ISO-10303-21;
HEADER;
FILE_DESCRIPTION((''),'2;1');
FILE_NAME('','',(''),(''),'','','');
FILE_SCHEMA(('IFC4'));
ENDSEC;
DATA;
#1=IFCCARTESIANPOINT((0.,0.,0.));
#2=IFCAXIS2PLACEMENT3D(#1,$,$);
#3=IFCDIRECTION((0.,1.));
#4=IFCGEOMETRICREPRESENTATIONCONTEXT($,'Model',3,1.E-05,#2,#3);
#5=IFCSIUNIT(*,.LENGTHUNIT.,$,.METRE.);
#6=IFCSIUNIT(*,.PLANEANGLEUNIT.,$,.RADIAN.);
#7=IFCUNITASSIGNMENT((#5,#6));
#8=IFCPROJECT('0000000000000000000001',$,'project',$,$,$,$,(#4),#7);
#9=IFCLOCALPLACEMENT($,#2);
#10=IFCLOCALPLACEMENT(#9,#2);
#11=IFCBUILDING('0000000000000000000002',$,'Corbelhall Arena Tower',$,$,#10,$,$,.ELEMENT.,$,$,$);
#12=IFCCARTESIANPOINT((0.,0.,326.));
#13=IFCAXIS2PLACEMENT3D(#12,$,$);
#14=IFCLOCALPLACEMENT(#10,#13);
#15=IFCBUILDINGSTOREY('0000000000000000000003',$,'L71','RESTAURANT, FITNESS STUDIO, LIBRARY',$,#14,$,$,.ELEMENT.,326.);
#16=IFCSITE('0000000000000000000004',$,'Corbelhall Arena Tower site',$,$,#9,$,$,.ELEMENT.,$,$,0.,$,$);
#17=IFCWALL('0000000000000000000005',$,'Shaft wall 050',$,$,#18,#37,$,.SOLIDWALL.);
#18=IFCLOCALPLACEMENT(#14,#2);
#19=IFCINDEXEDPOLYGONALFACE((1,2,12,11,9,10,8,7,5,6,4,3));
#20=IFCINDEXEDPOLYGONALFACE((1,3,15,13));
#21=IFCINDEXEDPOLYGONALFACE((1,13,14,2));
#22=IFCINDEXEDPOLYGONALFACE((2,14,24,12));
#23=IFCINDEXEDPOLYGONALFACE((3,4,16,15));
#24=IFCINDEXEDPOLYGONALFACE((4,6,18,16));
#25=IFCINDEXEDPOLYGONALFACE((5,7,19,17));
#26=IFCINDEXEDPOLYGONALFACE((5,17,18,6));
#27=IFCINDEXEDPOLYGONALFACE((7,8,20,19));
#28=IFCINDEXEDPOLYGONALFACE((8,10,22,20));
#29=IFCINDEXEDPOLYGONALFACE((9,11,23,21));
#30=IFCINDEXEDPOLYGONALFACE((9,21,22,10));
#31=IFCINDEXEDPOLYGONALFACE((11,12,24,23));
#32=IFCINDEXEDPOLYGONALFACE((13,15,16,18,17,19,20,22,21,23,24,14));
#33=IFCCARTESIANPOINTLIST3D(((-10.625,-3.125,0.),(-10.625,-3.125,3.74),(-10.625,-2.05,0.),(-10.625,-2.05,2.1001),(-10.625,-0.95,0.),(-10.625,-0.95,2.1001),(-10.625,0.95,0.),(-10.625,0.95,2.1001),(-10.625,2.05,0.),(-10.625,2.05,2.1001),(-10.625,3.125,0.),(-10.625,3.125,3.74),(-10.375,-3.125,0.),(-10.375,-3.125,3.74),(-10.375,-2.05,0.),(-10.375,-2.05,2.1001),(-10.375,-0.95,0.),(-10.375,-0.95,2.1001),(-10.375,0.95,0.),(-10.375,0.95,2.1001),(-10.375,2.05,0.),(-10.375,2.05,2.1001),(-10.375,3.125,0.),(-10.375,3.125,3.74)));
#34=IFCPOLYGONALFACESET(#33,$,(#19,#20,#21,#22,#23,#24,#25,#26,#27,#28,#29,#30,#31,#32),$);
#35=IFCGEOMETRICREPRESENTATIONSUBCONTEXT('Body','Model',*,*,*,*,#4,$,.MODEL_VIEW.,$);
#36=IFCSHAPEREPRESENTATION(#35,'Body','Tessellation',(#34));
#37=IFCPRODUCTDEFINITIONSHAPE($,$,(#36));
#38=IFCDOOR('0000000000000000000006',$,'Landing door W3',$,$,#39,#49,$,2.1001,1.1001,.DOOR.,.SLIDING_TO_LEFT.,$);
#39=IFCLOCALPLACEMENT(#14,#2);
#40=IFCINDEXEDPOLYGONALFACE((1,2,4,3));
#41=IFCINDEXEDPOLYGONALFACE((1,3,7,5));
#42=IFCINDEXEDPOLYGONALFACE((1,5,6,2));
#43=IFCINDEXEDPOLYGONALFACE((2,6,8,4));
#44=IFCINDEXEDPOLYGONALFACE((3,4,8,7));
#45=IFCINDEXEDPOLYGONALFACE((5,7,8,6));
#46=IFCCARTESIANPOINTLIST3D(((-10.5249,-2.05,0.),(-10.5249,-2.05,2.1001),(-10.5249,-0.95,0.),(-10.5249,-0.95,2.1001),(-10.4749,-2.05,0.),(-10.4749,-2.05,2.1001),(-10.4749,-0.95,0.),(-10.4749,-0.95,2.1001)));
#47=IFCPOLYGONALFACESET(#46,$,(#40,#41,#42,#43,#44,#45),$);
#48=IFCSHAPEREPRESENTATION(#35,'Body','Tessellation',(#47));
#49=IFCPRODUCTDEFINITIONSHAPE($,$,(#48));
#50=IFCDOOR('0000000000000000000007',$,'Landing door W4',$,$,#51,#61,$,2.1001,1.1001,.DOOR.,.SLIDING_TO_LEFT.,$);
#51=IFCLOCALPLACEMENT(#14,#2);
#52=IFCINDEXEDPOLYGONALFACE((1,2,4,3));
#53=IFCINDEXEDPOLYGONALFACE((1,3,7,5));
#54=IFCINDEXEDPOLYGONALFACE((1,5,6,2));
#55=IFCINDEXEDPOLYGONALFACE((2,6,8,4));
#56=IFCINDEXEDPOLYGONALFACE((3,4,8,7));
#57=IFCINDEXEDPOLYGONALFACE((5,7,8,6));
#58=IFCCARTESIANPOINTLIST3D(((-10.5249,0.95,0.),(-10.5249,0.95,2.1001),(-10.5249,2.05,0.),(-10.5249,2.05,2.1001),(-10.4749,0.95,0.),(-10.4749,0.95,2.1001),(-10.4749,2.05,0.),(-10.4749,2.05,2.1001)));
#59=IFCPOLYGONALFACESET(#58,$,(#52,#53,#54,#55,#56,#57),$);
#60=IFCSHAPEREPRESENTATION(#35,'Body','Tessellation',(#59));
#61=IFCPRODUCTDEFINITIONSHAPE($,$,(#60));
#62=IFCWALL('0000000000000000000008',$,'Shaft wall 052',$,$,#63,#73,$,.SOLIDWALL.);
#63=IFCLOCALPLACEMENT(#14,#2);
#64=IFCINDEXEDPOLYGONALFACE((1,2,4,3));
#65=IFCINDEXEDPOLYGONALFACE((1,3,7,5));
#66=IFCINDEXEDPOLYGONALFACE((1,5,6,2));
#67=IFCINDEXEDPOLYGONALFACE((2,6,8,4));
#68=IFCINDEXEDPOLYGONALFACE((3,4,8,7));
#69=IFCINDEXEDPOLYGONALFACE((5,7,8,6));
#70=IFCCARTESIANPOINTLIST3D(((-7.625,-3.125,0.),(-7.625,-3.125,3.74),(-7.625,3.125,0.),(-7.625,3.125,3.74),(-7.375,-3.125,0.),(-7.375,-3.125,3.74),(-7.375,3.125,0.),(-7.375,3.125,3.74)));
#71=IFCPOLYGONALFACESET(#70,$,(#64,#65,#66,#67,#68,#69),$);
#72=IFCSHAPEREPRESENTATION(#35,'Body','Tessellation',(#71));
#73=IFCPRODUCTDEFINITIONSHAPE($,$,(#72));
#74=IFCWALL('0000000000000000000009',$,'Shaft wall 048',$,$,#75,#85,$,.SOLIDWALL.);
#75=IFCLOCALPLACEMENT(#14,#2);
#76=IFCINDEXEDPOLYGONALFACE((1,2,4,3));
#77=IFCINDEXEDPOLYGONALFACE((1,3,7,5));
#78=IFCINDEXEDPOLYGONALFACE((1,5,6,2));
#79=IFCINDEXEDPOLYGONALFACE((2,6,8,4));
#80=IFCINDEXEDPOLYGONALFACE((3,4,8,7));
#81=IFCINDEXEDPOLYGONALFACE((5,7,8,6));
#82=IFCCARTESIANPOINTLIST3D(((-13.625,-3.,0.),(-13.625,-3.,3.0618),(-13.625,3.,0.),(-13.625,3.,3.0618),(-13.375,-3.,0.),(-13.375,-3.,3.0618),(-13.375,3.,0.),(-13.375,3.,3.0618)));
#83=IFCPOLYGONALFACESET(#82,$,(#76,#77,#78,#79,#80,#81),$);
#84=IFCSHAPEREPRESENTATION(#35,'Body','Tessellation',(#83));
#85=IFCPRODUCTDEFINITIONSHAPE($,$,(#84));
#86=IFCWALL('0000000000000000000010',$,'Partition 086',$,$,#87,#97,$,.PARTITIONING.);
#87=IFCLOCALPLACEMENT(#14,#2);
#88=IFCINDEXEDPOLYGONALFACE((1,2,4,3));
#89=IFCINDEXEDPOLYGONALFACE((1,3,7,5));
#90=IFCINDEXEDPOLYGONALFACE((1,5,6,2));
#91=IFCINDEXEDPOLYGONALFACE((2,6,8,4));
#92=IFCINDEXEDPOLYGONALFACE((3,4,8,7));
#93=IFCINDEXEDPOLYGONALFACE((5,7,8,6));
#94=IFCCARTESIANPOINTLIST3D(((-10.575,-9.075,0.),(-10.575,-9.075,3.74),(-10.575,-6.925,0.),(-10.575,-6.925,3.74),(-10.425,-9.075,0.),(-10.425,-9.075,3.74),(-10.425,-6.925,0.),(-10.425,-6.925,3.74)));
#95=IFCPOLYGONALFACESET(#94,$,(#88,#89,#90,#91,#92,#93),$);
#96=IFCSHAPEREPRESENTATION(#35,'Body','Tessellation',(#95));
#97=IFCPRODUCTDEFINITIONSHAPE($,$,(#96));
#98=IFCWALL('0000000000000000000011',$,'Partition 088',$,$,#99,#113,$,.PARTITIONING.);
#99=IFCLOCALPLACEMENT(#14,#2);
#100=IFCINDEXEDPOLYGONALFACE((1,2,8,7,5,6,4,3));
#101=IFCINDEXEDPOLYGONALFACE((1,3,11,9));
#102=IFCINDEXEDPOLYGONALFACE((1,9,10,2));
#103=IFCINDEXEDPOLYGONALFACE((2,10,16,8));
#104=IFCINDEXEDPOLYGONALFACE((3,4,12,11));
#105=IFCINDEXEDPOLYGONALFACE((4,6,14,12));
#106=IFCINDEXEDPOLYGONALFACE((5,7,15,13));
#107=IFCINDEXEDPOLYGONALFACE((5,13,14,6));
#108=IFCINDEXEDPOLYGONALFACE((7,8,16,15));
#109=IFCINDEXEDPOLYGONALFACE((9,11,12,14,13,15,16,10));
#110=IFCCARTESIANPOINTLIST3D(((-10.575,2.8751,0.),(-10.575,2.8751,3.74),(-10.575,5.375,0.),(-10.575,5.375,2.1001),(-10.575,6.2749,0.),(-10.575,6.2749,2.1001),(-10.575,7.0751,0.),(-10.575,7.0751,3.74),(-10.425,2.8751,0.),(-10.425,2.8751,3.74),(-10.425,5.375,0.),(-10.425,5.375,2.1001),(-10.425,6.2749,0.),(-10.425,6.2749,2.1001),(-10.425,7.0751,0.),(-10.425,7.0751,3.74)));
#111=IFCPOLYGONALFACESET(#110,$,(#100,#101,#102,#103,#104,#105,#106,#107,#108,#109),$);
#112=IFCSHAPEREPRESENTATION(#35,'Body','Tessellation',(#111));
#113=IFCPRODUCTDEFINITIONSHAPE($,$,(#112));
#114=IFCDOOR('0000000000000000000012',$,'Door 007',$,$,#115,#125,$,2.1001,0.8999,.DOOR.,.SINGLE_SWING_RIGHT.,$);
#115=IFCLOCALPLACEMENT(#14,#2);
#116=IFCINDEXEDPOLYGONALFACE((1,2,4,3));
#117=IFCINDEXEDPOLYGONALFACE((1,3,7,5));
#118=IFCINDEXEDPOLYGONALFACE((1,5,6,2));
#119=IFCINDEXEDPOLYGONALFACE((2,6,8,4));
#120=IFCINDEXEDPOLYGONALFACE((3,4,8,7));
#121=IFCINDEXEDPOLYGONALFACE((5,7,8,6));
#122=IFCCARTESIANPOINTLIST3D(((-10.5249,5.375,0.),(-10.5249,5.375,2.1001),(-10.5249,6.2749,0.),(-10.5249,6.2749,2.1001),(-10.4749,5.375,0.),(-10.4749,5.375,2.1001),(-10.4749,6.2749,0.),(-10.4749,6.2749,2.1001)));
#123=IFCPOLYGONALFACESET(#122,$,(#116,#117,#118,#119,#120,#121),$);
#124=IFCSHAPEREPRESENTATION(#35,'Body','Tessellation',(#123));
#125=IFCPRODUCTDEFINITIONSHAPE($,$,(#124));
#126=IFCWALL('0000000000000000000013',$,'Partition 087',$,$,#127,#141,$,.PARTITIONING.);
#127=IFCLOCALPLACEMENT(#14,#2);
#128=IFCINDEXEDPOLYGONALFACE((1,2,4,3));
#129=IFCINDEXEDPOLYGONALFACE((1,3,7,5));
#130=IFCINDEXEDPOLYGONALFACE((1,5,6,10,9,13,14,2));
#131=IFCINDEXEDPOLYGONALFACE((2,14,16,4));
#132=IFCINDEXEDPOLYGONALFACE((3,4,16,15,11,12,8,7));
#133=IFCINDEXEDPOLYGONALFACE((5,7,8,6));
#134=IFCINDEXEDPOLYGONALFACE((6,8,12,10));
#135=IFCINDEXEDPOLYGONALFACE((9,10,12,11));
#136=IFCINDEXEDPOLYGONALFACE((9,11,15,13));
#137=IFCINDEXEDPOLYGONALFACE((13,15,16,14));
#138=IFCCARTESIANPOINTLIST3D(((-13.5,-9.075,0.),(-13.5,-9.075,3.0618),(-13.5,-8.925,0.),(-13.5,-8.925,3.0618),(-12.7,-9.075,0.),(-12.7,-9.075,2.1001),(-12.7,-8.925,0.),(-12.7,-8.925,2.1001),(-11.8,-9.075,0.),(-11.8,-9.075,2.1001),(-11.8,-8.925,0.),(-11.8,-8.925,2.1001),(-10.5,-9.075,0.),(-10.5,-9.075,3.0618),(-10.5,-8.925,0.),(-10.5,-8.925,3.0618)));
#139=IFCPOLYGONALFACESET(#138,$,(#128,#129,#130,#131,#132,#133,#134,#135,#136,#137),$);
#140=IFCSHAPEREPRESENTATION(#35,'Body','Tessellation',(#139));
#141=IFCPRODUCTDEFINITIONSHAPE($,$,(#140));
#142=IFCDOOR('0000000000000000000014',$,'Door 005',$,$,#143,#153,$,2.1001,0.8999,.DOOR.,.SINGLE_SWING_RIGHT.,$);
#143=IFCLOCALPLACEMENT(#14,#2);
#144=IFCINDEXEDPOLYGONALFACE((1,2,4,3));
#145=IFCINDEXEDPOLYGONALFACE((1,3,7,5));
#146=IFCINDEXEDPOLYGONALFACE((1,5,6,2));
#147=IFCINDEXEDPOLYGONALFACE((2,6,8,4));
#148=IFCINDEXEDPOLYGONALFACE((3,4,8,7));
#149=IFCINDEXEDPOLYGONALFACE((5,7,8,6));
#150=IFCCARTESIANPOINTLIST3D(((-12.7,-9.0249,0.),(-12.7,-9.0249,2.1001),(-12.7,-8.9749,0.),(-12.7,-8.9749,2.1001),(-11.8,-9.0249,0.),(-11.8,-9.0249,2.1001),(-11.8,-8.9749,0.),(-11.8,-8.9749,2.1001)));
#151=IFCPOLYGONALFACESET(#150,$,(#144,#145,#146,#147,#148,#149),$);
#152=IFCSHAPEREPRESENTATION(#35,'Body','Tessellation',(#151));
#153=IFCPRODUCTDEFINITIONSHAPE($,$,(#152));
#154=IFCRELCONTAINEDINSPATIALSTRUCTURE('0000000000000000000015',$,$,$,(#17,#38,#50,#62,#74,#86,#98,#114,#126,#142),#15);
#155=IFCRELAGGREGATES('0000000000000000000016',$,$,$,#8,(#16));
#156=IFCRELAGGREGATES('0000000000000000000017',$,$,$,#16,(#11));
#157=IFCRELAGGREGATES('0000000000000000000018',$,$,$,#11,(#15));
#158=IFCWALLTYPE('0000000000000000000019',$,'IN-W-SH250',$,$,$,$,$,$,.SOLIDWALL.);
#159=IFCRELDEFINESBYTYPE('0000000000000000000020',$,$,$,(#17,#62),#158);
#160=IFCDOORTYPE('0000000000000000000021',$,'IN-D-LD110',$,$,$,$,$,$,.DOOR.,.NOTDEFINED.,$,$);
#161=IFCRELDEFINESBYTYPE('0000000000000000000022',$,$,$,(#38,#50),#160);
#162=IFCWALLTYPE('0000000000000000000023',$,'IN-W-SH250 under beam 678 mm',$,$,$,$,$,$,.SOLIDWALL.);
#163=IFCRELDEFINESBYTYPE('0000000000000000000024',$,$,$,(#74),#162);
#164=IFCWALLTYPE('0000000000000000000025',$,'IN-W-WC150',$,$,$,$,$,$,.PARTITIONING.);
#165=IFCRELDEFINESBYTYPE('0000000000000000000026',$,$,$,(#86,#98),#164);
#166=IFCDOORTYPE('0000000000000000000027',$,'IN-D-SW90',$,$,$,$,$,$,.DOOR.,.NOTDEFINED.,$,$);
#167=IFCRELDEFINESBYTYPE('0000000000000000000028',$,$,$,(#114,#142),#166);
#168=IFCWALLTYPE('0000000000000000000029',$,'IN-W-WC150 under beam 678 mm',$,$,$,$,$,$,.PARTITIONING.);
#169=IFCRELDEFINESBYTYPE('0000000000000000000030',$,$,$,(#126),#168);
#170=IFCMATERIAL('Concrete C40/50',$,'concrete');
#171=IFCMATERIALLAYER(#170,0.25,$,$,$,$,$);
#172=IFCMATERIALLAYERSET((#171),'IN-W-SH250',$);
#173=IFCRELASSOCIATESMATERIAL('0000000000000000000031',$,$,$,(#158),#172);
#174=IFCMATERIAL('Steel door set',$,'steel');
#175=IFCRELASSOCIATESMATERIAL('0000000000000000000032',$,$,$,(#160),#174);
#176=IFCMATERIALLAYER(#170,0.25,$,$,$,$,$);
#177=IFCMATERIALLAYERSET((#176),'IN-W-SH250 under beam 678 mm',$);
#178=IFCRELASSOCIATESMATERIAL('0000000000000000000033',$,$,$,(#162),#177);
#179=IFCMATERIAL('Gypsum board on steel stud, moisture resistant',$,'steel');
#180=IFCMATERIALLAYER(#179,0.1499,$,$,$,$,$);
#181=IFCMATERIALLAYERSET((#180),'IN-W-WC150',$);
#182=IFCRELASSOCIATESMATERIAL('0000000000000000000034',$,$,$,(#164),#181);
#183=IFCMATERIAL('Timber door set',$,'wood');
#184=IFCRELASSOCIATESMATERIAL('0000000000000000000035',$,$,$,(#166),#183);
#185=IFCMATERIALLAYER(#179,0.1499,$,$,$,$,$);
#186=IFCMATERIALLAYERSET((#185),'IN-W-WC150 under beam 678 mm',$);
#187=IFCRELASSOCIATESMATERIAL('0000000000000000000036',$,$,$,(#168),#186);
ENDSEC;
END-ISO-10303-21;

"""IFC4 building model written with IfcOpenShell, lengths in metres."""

from ifc_helpers import new_model, si_unit, direction, frame, frame_2d, origin, place, context, subcontext, project, spatial, rectangle, extrude, material, layer, layer_set, type_object, element, fill, save


model = new_model("IFC4")

# Units and contexts
model_context = context("Model", 3, precision=1e-05, world=origin(), true_north=direction((0.0, 1.0)))
body_context = subcontext(model_context, "Body", "Model", "MODEL_VIEW")
ifc_project = project(units=[si_unit("LENGTHUNIT", "METRE"), si_unit("PLANEANGLEUNIT", "RADIAN")], contexts=[model_context])

# Site, building, storey
site_placement = place(None, origin())
site = spatial("IfcSite", under=ifc_project, at=site_placement, Name="Corbelhall Arena Tower site", CompositionType="ELEMENT", RefElevation=0.0)
building_placement = place(site_placement, origin())
building = spatial("IfcBuilding", under=site, at=building_placement, Name="Corbelhall Arena Tower", CompositionType="ELEMENT")
storey_placement = place(building_placement, frame((0.0, 0.0, 326.0)))
storey = spatial("IfcBuildingStorey", under=building, at=storey_placement, Name="L71", Description="RESTAURANT, FITNESS STUDIO, LIBRARY", CompositionType="ELEMENT", Elevation=326.0)

# Shared definitions
ifc_material_1 = material(Name="Steel door set", Category="steel")

# Wall, openings, doors
ifc_material_2 = material(Name="Concrete C40/50", Category="concrete")
ifc_layer_1 = layer(ifc_material_2, 0.25)
ifc_layer_set_1 = layer_set([ifc_layer_1], Name="IN-W-SH250")
wall_type_1 = type_object("IfcWallType", Name="IN-W-SH250", PredefinedType="SOLIDWALL", material=ifc_layer_set_1)
wall_1_placement = place(storey_placement, frame((-10.5, -3.125, 0.0), z_axis=(0.0, 0.0, 1.0), x_axis=(0.0, 1.0, 0.0)))
wall_1 = element("IfcWall", 1, at=wall_1_placement, inside=storey, type_object=wall_type_1, Name="Shaft wall 050", PredefinedType="SOLIDWALL", context=body_context, shape_type="SweptSolid", body=[
    extrude(rectangle(XDim=6.25, YDim=0.25, at=frame_2d((3.125, 0.0))), origin(), (0.0, 0.0, 1.0), 3.74),
])
opening_1_placement = place(wall_1_placement, frame((1.075, 0.0, 0.0)))
opening_1 = element("IfcOpeningElement", 2, at=opening_1_placement, cuts=wall_1, PredefinedType="OPENING", context=body_context, shape_type="SweptSolid", body=[
    extrude(rectangle(XDim=1.1001, YDim=2.1001, at=frame_2d((0.55, 1.05))), frame((0.0, 0.125, 0.0), z_axis=(0.0, -1.0, 0.0), x_axis=(1.0, 0.0, 0.0)), (0.0, 0.0, 1.0), 0.25),
])
opening_2_placement = place(wall_1_placement, frame((4.075, 0.0, 0.0)))
opening_2 = element("IfcOpeningElement", 3, at=opening_2_placement, cuts=wall_1, PredefinedType="OPENING", context=body_context, shape_type="SweptSolid", body=[
    extrude(rectangle(XDim=1.1001, YDim=2.1001, at=frame_2d((0.55, 1.05))), frame((0.0, 0.125, 0.0), z_axis=(0.0, -1.0, 0.0), x_axis=(1.0, 0.0, 0.0)), (0.0, 0.0, 1.0), 0.25),
])
door_type_1 = type_object("IfcDoorType", Name="IN-D-LD110", OperationType="NOTDEFINED", PredefinedType="DOOR", material=ifc_material_1)
door_1_placement = place(opening_1_placement, origin())
door_1 = element("IfcDoor", 4, at=door_1_placement, inside=storey, type_object=door_type_1, Name="Landing door W3", OperationType="SLIDING_TO_LEFT", OverallHeight=2.1001, OverallWidth=1.1001, PredefinedType="DOOR", context=body_context, shape_type="SweptSolid", body=[
    extrude(rectangle(XDim=1.1001, YDim=2.1001, at=frame_2d((0.55, 1.05))), frame((0.0, 0.0249, 0.0), z_axis=(0.0, -1.0, 0.0), x_axis=(1.0, 0.0, 0.0)), (0.0, 0.0, 1.0), 0.05),
])
fill(opening_1, door_1)
door_2_placement = place(opening_2_placement, origin())
door_2 = element("IfcDoor", 5, at=door_2_placement, inside=storey, type_object=door_type_1, Name="Landing door W4", OperationType="SLIDING_TO_LEFT", OverallHeight=2.1001, OverallWidth=1.1001, PredefinedType="DOOR", context=body_context, shape_type="SweptSolid", body=[
    extrude(rectangle(XDim=1.1001, YDim=2.1001, at=frame_2d((0.55, 1.05))), frame((0.0, 0.0249, 0.0), z_axis=(0.0, -1.0, 0.0), x_axis=(1.0, 0.0, 0.0)), (0.0, 0.0, 1.0), 0.05),
])
fill(opening_2, door_2)

# Walls
wall_2_placement = place(storey_placement, frame((-7.5, -3.125, 0.0), z_axis=(0.0, 0.0, 1.0), x_axis=(0.0, 1.0, 0.0)))
element("IfcWall", 6, at=wall_2_placement, inside=storey, type_object=wall_type_1, Name="Shaft wall 052", PredefinedType="SOLIDWALL", context=body_context, shape_type="SweptSolid", body=[
    extrude(rectangle(XDim=6.25, YDim=0.25, at=frame_2d((3.125, 0.0))), origin(), (0.0, 0.0, 1.0), 3.74),
])
ifc_layer_2 = layer(ifc_material_2, 0.25)
ifc_layer_set_2 = layer_set([ifc_layer_2], Name="IN-W-SH250 under beam 678 mm")
wall_type_2 = type_object("IfcWallType", Name="IN-W-SH250 under beam 678 mm", PredefinedType="SOLIDWALL", material=ifc_layer_set_2)
wall_3_placement = place(storey_placement, frame((-13.5, -3.0, 0.0), z_axis=(0.0, 0.0, 1.0), x_axis=(0.0, 1.0, 0.0)))
element("IfcWall", 7, at=wall_3_placement, inside=storey, type_object=wall_type_2, Name="Shaft wall 048", PredefinedType="SOLIDWALL", context=body_context, shape_type="SweptSolid", body=[
    extrude(rectangle(XDim=6.0, YDim=0.25, at=frame_2d((3.0, 0.0))), origin(), (0.0, 0.0, 1.0), 3.0618),
])
ifc_material_3 = material(Name="Gypsum board on steel stud, moisture resistant", Category="steel")
ifc_layer_3 = layer(ifc_material_3, 0.1499)
ifc_layer_set_3 = layer_set([ifc_layer_3], Name="IN-W-WC150")
wall_type_3 = type_object("IfcWallType", Name="IN-W-WC150", PredefinedType="PARTITIONING", material=ifc_layer_set_3)
wall_4_placement = place(storey_placement, frame((-10.5, -9.075, 0.0), z_axis=(0.0, 0.0, 1.0), x_axis=(0.0, 1.0, 0.0)))
element("IfcWall", 8, at=wall_4_placement, inside=storey, type_object=wall_type_3, Name="Partition 086", PredefinedType="PARTITIONING", context=body_context, shape_type="SweptSolid", body=[
    extrude(rectangle(XDim=2.1499, YDim=0.1499, at=frame_2d((1.075, 0.0))), origin(), (0.0, 0.0, 1.0), 3.74),
])

# Walls, openings, doors
wall_5_placement = place(storey_placement, frame((-10.5, 2.875, 0.0), z_axis=(0.0, 0.0, 1.0), x_axis=(0.0, 1.0, 0.0)))
wall_5 = element("IfcWall", 9, at=wall_5_placement, inside=storey, type_object=wall_type_3, Name="Partition 088", PredefinedType="PARTITIONING", context=body_context, shape_type="SweptSolid", body=[
    extrude(rectangle(XDim=4.2, YDim=0.1499, at=frame_2d((2.1001, 0.0))), origin(), (0.0, 0.0, 1.0), 3.74),
])
opening_3_placement = place(wall_5_placement, frame((2.5, 0.0, 0.0)))
opening_3 = element("IfcOpeningElement", 10, at=opening_3_placement, cuts=wall_5, PredefinedType="OPENING", context=body_context, shape_type="SweptSolid", body=[
    extrude(rectangle(XDim=0.8999, YDim=2.1001, at=frame_2d((0.45, 1.05))), frame((0.0, 0.075, 0.0), z_axis=(0.0, -1.0, 0.0), x_axis=(1.0, 0.0, 0.0)), (0.0, 0.0, 1.0), 0.1499),
])
ifc_material_4 = material(Name="Timber door set", Category="wood")
door_type_2 = type_object("IfcDoorType", Name="IN-D-SW90", OperationType="NOTDEFINED", PredefinedType="DOOR", material=ifc_material_4)
door_3_placement = place(opening_3_placement, origin())
door_3 = element("IfcDoor", 11, at=door_3_placement, inside=storey, type_object=door_type_2, Name="Door 007", OperationType="SINGLE_SWING_RIGHT", OverallHeight=2.1001, OverallWidth=0.8999, PredefinedType="DOOR", context=body_context, shape_type="SweptSolid", body=[
    extrude(rectangle(XDim=0.8999, YDim=2.1001, at=frame_2d((0.45, 1.05))), frame((0.0, 0.0249, 0.0), z_axis=(0.0, -1.0, 0.0), x_axis=(1.0, 0.0, 0.0)), (0.0, 0.0, 1.0), 0.05),
])
fill(opening_3, door_3)
ifc_layer_4 = layer(ifc_material_3, 0.1499)
ifc_layer_set_4 = layer_set([ifc_layer_4], Name="IN-W-WC150 under beam 678 mm")
wall_type_4 = type_object("IfcWallType", Name="IN-W-WC150 under beam 678 mm", PredefinedType="PARTITIONING", material=ifc_layer_set_4)
wall_6_placement = place(storey_placement, frame((-10.5, -9.0, 0.0), z_axis=(0.0, 0.0, 1.0), x_axis=(-1.0, 0.0, 0.0)))
wall_6 = element("IfcWall", 12, at=wall_6_placement, inside=storey, type_object=wall_type_4, Name="Partition 087", PredefinedType="PARTITIONING", context=body_context, shape_type="SweptSolid", body=[
    extrude(rectangle(XDim=3.0, YDim=0.1499, at=frame_2d((1.5, 0.0))), origin(), (0.0, 0.0, 1.0), 3.0618),
])
opening_4_placement = place(wall_6_placement, frame((1.3, 0.0, 0.0)))
opening_4 = element("IfcOpeningElement", 13, at=opening_4_placement, cuts=wall_6, PredefinedType="OPENING", context=body_context, shape_type="SweptSolid", body=[
    extrude(rectangle(XDim=0.8999, YDim=2.1001, at=frame_2d((0.45, 1.05))), frame((0.0, 0.075, 0.0), z_axis=(0.0, -1.0, 0.0), x_axis=(1.0, 0.0, 0.0)), (0.0, 0.0, 1.0), 0.1499),
])
door_4_placement = place(opening_4_placement, origin())
door_4 = element("IfcDoor", 14, at=door_4_placement, inside=storey, type_object=door_type_2, Name="Door 005", OperationType="SINGLE_SWING_RIGHT", OverallHeight=2.1001, OverallWidth=0.8999, PredefinedType="DOOR", context=body_context, shape_type="SweptSolid", body=[
    extrude(rectangle(XDim=0.8999, YDim=2.1001, at=frame_2d((0.45, 1.05))), frame((0.0, 0.0249, 0.0), z_axis=(0.0, -1.0, 0.0), x_axis=(1.0, 0.0, 0.0)), (0.0, 0.0, 1.0), 0.05),
])
fill(opening_4, door_4)

save(model, "model.ifc")
